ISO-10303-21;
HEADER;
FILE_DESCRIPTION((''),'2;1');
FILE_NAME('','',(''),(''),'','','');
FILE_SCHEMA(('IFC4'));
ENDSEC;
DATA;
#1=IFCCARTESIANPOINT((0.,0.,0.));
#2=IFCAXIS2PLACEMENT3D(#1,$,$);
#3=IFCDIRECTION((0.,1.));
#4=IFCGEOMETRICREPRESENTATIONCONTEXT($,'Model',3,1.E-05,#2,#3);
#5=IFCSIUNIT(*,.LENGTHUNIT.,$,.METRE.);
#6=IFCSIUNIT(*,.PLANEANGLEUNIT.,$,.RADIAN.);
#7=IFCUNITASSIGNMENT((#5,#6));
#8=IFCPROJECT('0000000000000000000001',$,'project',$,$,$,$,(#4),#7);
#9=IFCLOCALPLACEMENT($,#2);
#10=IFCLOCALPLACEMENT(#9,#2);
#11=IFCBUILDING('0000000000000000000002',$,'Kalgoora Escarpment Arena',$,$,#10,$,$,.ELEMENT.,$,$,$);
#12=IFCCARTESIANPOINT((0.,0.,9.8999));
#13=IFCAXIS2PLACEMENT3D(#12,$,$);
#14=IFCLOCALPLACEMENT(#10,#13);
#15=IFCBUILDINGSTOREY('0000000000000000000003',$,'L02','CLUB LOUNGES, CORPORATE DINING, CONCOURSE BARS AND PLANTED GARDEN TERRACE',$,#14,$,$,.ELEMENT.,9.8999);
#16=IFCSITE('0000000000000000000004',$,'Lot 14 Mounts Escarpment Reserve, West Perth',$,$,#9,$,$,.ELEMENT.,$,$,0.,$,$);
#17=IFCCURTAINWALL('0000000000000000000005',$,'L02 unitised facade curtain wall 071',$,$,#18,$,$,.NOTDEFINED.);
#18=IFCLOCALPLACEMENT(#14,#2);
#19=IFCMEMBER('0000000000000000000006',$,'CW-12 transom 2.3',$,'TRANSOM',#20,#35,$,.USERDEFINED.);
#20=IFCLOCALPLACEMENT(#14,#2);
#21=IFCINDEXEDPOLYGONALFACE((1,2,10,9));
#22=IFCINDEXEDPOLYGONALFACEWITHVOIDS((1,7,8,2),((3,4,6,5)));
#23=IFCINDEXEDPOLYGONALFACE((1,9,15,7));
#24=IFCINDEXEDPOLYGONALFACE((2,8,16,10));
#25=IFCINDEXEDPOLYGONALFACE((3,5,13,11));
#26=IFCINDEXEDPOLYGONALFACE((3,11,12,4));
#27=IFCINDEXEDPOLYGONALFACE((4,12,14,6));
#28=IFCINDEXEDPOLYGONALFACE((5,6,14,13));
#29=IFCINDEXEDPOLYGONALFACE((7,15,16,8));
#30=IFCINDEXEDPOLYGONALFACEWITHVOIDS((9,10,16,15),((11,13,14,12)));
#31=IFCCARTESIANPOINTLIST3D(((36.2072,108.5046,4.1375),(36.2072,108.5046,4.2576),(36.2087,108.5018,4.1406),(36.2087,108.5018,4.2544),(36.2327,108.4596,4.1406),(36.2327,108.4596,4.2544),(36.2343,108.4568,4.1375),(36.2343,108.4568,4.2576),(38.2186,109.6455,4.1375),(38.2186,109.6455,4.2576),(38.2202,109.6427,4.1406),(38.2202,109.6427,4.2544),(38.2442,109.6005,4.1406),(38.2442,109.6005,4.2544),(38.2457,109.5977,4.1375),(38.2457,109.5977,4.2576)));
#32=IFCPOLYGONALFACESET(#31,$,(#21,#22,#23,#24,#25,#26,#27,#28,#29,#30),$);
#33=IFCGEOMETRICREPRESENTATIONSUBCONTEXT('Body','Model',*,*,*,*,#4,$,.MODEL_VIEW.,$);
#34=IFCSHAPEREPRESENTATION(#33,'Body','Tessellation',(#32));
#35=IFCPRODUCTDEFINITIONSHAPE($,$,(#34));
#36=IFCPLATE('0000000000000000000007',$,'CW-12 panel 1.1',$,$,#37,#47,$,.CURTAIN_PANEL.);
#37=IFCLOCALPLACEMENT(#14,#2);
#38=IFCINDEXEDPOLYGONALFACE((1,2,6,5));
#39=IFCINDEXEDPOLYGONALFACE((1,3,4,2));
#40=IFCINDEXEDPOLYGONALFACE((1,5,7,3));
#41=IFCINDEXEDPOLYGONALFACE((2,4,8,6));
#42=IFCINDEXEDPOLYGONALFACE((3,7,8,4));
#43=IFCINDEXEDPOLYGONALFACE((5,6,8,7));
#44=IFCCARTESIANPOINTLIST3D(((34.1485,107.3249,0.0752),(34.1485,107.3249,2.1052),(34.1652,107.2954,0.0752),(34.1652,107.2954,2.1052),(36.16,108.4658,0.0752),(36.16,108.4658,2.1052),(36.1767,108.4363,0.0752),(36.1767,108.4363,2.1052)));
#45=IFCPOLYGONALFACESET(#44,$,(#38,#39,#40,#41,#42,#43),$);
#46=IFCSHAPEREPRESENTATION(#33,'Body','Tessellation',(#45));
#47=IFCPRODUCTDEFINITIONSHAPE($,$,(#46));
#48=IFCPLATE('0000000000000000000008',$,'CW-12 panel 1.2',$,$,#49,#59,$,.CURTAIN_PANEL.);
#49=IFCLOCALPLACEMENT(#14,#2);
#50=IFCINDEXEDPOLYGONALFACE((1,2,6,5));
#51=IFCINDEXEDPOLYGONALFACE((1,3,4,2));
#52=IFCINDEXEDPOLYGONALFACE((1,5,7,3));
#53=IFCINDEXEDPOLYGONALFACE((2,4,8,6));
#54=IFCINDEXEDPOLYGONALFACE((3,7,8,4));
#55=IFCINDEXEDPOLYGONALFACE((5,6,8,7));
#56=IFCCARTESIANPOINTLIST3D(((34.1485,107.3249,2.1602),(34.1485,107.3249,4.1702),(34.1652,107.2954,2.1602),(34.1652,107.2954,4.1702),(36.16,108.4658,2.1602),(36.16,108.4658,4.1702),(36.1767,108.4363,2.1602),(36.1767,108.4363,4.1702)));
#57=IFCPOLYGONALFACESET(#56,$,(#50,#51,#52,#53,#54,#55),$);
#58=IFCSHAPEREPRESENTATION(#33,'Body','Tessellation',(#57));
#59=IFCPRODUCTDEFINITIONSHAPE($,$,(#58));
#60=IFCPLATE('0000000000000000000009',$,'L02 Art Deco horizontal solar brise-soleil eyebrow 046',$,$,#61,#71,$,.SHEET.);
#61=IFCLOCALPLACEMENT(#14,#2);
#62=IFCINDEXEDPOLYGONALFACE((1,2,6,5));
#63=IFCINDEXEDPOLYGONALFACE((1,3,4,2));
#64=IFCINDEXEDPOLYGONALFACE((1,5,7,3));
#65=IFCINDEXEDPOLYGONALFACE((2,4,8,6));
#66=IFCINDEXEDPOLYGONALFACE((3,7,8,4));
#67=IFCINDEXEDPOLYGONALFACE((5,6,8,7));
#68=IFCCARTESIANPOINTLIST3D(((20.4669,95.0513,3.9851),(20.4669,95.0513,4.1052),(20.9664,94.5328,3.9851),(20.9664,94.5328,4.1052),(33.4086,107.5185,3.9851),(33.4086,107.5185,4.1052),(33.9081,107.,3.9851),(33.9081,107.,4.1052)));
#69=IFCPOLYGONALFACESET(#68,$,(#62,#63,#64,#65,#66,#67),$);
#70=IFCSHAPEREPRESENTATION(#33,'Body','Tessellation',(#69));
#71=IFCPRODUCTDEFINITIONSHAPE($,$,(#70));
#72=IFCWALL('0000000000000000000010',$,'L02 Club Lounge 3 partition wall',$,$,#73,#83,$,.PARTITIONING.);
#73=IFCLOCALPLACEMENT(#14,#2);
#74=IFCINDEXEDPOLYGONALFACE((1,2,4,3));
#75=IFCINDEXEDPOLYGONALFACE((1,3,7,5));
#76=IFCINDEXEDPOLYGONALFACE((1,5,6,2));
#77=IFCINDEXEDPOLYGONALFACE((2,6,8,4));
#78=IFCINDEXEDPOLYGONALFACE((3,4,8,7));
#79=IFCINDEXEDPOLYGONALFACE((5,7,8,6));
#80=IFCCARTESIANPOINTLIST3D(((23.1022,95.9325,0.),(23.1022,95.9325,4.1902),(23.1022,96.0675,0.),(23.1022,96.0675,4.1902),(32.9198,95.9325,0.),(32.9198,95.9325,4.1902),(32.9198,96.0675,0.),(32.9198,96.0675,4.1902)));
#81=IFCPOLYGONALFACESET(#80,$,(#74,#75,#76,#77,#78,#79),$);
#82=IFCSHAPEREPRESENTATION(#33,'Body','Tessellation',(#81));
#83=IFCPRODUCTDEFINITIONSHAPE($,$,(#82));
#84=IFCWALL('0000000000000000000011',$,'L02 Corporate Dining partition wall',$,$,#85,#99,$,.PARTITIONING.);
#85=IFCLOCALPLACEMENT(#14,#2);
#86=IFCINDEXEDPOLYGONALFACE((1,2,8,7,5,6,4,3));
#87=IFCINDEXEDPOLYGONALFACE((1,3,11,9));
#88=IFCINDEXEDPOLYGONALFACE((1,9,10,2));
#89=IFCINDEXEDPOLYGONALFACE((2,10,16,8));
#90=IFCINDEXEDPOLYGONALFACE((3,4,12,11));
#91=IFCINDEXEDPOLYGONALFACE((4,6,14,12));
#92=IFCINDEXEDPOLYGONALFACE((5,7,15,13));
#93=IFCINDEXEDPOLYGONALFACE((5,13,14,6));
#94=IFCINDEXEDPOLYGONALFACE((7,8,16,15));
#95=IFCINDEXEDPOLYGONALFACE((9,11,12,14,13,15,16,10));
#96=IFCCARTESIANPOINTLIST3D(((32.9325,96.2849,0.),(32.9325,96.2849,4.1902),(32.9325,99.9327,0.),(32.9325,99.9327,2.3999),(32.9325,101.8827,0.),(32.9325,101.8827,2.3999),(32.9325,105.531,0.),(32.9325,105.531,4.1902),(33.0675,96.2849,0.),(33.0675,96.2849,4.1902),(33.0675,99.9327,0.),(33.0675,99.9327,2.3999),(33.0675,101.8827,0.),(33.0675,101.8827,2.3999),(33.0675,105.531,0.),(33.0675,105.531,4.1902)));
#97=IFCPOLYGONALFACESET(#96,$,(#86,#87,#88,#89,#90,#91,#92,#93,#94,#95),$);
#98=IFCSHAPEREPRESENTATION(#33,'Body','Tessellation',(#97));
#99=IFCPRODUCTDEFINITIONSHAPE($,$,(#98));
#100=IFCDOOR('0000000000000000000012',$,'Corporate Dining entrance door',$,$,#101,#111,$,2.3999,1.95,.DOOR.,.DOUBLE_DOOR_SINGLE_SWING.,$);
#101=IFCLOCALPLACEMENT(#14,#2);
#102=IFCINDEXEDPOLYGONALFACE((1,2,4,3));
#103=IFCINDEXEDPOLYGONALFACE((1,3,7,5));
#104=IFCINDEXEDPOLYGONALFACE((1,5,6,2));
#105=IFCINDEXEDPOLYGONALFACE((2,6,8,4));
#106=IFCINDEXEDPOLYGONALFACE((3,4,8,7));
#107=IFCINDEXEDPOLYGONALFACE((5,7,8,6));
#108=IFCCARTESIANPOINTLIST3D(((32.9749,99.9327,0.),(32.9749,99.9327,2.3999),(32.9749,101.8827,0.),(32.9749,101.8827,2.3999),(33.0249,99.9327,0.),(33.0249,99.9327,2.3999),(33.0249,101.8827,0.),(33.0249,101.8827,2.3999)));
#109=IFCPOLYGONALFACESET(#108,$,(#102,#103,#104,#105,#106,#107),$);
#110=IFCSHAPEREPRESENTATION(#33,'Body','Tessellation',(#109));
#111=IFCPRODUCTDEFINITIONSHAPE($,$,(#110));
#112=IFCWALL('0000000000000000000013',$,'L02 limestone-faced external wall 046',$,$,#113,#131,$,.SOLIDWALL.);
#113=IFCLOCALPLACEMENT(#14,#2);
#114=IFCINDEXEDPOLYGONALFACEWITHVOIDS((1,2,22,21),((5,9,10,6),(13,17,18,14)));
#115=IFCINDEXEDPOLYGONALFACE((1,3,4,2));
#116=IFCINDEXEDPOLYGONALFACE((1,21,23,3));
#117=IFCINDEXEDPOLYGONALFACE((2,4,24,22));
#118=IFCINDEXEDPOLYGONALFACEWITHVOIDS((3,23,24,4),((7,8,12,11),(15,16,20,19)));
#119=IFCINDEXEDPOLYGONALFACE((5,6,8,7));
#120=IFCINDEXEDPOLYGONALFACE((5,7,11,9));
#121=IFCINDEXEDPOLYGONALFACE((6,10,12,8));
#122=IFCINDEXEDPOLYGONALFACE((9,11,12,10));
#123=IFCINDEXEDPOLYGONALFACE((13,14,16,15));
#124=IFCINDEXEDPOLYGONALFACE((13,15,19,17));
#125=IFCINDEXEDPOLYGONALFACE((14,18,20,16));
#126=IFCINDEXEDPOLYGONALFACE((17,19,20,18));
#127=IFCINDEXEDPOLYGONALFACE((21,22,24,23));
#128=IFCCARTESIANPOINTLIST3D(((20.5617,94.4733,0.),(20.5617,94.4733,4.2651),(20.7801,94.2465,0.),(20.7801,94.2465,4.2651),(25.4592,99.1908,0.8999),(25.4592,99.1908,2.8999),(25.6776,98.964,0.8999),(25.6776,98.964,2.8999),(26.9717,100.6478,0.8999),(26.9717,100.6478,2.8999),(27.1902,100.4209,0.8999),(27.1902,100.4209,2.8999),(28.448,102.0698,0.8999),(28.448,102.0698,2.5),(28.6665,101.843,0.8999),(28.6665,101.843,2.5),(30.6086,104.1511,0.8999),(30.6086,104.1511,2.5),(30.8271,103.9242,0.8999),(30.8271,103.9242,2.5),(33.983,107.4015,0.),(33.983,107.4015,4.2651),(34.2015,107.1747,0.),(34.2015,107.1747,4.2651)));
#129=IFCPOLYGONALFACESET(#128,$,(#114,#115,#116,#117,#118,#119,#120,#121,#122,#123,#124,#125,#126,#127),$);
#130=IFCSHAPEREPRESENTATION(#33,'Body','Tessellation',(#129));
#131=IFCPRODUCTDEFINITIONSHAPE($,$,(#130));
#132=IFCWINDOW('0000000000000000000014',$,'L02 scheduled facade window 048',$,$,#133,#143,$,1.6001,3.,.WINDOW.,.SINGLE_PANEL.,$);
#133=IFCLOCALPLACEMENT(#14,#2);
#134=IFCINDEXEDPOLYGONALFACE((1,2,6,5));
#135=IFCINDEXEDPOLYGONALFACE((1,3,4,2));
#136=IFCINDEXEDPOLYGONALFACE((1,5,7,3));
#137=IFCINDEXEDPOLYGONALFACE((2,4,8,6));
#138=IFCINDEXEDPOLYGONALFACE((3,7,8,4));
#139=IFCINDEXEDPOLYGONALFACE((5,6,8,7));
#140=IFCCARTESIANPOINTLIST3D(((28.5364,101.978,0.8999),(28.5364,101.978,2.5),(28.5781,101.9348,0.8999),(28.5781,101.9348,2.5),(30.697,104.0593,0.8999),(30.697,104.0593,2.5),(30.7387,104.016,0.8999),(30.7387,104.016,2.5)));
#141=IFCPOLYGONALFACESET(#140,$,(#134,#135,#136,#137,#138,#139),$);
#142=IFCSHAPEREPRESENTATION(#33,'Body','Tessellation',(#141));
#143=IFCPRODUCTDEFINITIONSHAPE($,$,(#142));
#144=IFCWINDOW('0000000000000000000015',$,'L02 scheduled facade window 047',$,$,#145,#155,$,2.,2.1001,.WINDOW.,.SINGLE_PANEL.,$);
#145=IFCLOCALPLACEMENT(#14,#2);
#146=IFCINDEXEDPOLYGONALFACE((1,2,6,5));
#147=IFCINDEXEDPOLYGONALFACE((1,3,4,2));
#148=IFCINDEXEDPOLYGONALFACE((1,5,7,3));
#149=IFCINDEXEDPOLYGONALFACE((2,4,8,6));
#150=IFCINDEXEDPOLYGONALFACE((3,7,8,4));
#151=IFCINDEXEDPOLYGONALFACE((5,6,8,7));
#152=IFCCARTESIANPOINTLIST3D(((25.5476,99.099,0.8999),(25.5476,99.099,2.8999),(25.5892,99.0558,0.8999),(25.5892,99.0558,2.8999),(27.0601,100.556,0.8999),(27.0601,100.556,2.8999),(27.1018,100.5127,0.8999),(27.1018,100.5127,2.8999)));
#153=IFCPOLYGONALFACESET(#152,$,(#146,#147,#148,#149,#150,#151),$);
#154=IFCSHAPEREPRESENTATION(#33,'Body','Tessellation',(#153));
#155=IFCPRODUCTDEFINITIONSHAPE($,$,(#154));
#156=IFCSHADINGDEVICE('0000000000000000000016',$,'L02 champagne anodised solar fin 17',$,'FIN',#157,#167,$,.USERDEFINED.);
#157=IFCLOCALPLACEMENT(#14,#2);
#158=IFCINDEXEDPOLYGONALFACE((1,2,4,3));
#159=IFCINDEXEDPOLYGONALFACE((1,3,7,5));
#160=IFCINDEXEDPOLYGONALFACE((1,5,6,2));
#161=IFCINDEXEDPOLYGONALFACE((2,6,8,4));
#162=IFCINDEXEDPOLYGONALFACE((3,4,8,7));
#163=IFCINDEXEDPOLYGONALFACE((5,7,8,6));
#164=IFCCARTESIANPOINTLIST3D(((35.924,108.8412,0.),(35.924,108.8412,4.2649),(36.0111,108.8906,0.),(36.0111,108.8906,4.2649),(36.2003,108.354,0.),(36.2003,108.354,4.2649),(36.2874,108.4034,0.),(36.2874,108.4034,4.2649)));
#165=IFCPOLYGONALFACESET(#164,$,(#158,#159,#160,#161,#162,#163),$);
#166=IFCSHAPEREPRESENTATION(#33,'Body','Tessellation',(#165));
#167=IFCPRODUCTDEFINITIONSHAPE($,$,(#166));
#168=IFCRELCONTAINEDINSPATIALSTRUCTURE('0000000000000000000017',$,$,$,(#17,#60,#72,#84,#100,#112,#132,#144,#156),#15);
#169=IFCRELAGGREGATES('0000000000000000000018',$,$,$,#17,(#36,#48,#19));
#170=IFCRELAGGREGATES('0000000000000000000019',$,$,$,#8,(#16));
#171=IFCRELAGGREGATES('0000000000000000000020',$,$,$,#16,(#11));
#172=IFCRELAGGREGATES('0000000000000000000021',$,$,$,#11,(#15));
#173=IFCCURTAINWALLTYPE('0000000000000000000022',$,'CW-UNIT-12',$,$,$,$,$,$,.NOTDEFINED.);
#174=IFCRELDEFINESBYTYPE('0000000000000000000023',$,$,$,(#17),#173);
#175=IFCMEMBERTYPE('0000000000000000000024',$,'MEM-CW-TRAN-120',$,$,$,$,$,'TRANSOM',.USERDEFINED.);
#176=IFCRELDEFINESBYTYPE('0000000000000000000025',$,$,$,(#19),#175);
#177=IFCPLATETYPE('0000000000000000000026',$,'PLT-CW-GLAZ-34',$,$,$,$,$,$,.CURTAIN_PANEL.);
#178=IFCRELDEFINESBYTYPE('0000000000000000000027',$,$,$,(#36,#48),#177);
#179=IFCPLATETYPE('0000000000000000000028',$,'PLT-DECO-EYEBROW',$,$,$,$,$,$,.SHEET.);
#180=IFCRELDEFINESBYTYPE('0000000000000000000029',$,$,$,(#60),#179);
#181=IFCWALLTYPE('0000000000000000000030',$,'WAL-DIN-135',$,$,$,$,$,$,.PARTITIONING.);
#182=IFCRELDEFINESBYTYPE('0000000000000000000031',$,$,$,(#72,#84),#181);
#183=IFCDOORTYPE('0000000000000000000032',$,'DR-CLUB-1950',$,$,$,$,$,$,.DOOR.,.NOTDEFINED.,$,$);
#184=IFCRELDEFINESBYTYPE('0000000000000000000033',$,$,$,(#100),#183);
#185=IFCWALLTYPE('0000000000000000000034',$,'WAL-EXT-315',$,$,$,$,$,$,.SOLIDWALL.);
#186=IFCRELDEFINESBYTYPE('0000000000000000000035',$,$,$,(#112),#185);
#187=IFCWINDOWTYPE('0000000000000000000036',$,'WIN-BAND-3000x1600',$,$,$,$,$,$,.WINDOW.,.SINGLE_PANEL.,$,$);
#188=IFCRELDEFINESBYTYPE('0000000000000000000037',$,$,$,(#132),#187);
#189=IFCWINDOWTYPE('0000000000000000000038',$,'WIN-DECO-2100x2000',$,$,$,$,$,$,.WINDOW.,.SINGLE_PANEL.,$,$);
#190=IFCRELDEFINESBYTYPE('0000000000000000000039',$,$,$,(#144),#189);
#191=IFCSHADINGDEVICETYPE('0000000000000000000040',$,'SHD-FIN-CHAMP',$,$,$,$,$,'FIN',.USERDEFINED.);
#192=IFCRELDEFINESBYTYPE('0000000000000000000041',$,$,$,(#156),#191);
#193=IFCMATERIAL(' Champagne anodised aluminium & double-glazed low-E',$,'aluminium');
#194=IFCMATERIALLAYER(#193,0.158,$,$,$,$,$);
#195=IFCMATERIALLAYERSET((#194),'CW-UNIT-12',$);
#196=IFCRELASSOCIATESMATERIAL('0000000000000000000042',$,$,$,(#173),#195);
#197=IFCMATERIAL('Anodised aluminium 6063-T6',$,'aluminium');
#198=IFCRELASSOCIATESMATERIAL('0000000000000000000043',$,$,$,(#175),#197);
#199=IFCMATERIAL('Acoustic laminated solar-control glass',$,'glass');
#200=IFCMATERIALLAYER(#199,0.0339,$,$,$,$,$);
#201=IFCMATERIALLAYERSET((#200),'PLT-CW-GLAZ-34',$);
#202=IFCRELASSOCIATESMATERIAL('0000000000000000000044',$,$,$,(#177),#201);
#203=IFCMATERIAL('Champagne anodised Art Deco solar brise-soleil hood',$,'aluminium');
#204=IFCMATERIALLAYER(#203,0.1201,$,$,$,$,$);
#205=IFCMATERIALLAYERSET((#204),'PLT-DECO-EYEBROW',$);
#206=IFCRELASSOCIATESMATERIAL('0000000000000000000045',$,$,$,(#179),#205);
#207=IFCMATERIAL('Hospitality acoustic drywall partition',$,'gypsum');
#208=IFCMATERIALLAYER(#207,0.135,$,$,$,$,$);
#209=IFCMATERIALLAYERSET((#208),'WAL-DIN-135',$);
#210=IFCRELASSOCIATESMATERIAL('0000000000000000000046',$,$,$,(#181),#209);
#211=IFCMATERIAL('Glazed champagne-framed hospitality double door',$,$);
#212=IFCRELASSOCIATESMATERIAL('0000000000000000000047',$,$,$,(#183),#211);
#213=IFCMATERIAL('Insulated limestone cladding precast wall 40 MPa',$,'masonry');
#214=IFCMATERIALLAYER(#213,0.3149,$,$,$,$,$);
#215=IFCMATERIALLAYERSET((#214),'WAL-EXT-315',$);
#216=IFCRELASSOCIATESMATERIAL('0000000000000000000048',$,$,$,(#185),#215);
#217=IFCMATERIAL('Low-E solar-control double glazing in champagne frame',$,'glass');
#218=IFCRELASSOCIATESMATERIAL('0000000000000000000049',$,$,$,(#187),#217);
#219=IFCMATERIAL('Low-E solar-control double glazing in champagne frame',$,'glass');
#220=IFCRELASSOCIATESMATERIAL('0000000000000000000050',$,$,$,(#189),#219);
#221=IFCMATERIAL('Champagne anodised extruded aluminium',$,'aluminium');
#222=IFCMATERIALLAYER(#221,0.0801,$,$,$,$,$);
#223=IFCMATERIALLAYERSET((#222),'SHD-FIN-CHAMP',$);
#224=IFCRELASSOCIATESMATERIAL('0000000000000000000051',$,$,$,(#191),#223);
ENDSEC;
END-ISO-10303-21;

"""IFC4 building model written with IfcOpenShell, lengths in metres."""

from ifc_helpers import new_model, si_unit, direction, frame, frame_2d, origin, origin_2d, place, context, subcontext, project, spatial, rectangle, hollow_rectangle, extrude, material, layer, layer_set, material_profile, profile_set, type_object, element, fill, aggregate, save


model = new_model("IFC4")

# Units and contexts
model_context = context("Model", 3, precision=1e-05, world=origin(), true_north=direction((0.0, 1.0)))
body_context = subcontext(model_context, "Body", "Model", "MODEL_VIEW")
ifc_project = project(units=[si_unit("LENGTHUNIT", "METRE"), si_unit("PLANEANGLEUNIT", "RADIAN")], contexts=[model_context])

# Site, building, storey
site_placement = place(None, origin())
site = spatial("IfcSite", under=ifc_project, at=site_placement, Name="Lot 14 Mounts Escarpment Reserve, West Perth", CompositionType="ELEMENT", RefElevation=0.0)
building_placement = place(site_placement, origin())
building = spatial("IfcBuilding", under=site, at=building_placement, Name="Kalgoora Escarpment Arena", CompositionType="ELEMENT")
storey_placement = place(building_placement, frame((0.0, 0.0, 9.8999)))
storey = spatial("IfcBuildingStorey", under=building, at=storey_placement, Name="L02", Description="CLUB LOUNGES, CORPORATE DINING, CONCOURSE BARS AND PLANTED GARDEN TERRACE", CompositionType="ELEMENT", Elevation=9.8999)

# Curtain wall, member, plates
ifc_material_1 = material(Name=" Champagne anodised aluminium & double-glazed low-E", Category="aluminium")
ifc_layer_1 = layer(ifc_material_1, 0.158)
ifc_layer_set_1 = layer_set([ifc_layer_1], Name="CW-UNIT-12")
curtain_wall_type_1 = type_object("IfcCurtainWallType", Name="CW-UNIT-12", PredefinedType="NOTDEFINED", material=ifc_layer_set_1)
curtain_wall_1_placement = place(storey_placement, origin())
curtain_wall_1 = element("IfcCurtainWall", 1, at=curtain_wall_1_placement, inside=storey, type_object=curtain_wall_type_1, Name="L02 unitised facade curtain wall 071", PredefinedType="NOTDEFINED")
ifc_material_2 = material(Name="Anodised aluminium 6063-T6", Category="aluminium")
ifc_material_profile_1 = material_profile(ifc_material_2, hollow_rectangle(XDim=0.0549, YDim=0.1201, WallThickness=0.0032, at=origin_2d()))
ifc_profile_set_1 = profile_set([ifc_material_profile_1], Name="Anodised aluminium 6063-T6")
member_type_1 = type_object("IfcMemberType", Name="MEM-CW-TRAN-120", ElementType="TRANSOM", PredefinedType="USERDEFINED", material=ifc_profile_set_1)
member_1_placement = place(storey_placement, frame((36.2207, 108.4807, 4.1975), z_axis=(0.86983, 0.493351, 0.0), x_axis=(-0.493351, 0.86983, 0.0)))
member_1 = element("IfcMember", 2, at=member_1_placement, type_object=member_type_1, Name="CW-12 transom 2.3", ObjectType="TRANSOM", PredefinedType="USERDEFINED", context=body_context, shape_type="SweptSolid", body=[
    extrude(hollow_rectangle(XDim=0.0549, YDim=0.1201, WallThickness=0.0032, at=origin_2d()), origin(), (0.0, 0.0, 1.0), 2.3125),
])
ifc_material_3 = material(Name="Acoustic laminated solar-control glass", Category="glass")
ifc_layer_2 = layer(ifc_material_3, 0.0339)
ifc_layer_set_2 = layer_set([ifc_layer_2], Name="PLT-CW-GLAZ-34")
plate_type_1 = type_object("IfcPlateType", Name="PLT-CW-GLAZ-34", PredefinedType="CURTAIN_PANEL", material=ifc_layer_set_2)
plate_1_placement = place(storey_placement, frame((35.1626, 107.8806, 0.0752), z_axis=(0.0, 0.0, 1.0), x_axis=(0.869834, 0.493344, 0.0)))
plate_1 = element("IfcPlate", 3, at=plate_1_placement, type_object=plate_type_1, Name="CW-12 panel 1.1", PredefinedType="CURTAIN_PANEL", context=body_context, shape_type="SweptSolid", body=[
    extrude(rectangle(XDim=2.3125, YDim=0.0339, at=origin_2d()), origin(), (0.0, 0.0, 1.0), 2.03),
])
plate_2_placement = place(storey_placement, frame((35.1626, 107.8806, 2.1602), z_axis=(0.0, 0.0, 1.0), x_axis=(0.869834, 0.493344, 0.0)))
plate_2 = element("IfcPlate", 4, at=plate_2_placement, type_object=plate_type_1, Name="CW-12 panel 1.2", PredefinedType="CURTAIN_PANEL", context=body_context, shape_type="SweptSolid", body=[
    extrude(rectangle(XDim=2.3125, YDim=0.0339, at=origin_2d()), origin(), (0.0, 0.0, 1.0), 2.01),
])
aggregate(curtain_wall_1, [plate_1, plate_2, member_1])

# Plate
ifc_material_4 = material(Name="Champagne anodised Art Deco solar brise-soleil hood", Category="aluminium")
ifc_layer_3 = layer(ifc_material_4, 0.1201)
ifc_layer_set_3 = layer_set([ifc_layer_3], Name="PLT-DECO-EYEBROW")
plate_type_2 = type_object("IfcPlateType", Name="PLT-DECO-EYEBROW", PredefinedType="SHEET", material=ifc_layer_set_3)
plate_3_placement = place(storey_placement, frame((27.1875, 101.0256, 3.9851), z_axis=(0.0, 0.0, 1.0), x_axis=(0.720188, 0.693779, 0.0)))
element("IfcPlate", 5, at=plate_3_placement, inside=storey, type_object=plate_type_2, Name="L02 Art Deco horizontal solar brise-soleil eyebrow 046", PredefinedType="SHEET", context=body_context, shape_type="SweptSolid", body=[
    extrude(rectangle(XDim=17.97, YDim=0.72, at=origin_2d()), origin(), (0.0, 0.0, 1.0), 0.1201),
])

# Wall
ifc_material_5 = material(Name="Hospitality acoustic drywall partition", Category="gypsum")
ifc_layer_4 = layer(ifc_material_5, 0.135)
ifc_layer_set_4 = layer_set([ifc_layer_4], Name="WAL-DIN-135")
wall_type_1 = type_object("IfcWallType", Name="WAL-DIN-135", PredefinedType="PARTITIONING", material=ifc_layer_set_4)
wall_1_placement = place(storey_placement, frame((23.1023, 96.0, 0.0), z_axis=(0.0, 0.0, 1.0), x_axis=(1.0, 0.0, 0.0)))
element("IfcWall", 6, at=wall_1_placement, inside=storey, type_object=wall_type_1, Name="L02 Club Lounge 3 partition wall", PredefinedType="PARTITIONING", context=body_context, shape_type="SweptSolid", body=[
    extrude(rectangle(XDim=9.8176, YDim=0.135, at=frame_2d((4.9087, 0.0))), origin(), (0.0, 0.0, 1.0), 4.1902),
])

# Wall, opening, door
wall_2_placement = place(storey_placement, frame((33.0, 105.531, 0.0), z_axis=(0.0, 0.0, 1.0), x_axis=(0.0, -1.0, 0.0)))
wall_2 = element("IfcWall", 7, at=wall_2_placement, inside=storey, type_object=wall_type_1, Name="L02 Corporate Dining partition wall", PredefinedType="PARTITIONING", context=body_context, shape_type="SweptSolid", body=[
    extrude(rectangle(XDim=9.2461, YDim=0.135, at=frame_2d((4.623, 0.0))), origin(), (0.0, 0.0, 1.0), 4.1902),
])
opening_1_placement = place(wall_2_placement, frame((3.6482, 0.0, 0.0)))
opening_1 = element("IfcOpeningElement", 8, at=opening_1_placement, cuts=wall_2, PredefinedType="OPENING", context=body_context, shape_type="SweptSolid", body=[
    extrude(rectangle(XDim=1.95, YDim=2.3999, at=frame_2d((0.9751, 1.2))), frame((0.0, 0.0774, 0.0), z_axis=(0.0, -1.0, 0.0), x_axis=(1.0, 0.0, 0.0)), (0.0, 0.0, 1.0), 0.155),
])
ifc_material_6 = material(Name="Glazed champagne-framed hospitality double door")
door_type_1 = type_object("IfcDoorType", Name="DR-CLUB-1950", OperationType="NOTDEFINED", PredefinedType="DOOR", material=ifc_material_6)
door_1_placement = place(opening_1_placement, origin())
door_1 = element("IfcDoor", 9, at=door_1_placement, inside=storey, type_object=door_type_1, Name="Corporate Dining entrance door", OperationType="DOUBLE_DOOR_SINGLE_SWING", OverallHeight=2.3999, OverallWidth=1.95, PredefinedType="DOOR", context=body_context, shape_type="SweptSolid", body=[
    extrude(rectangle(XDim=1.95, YDim=2.3999, at=frame_2d((0.9751, 1.2))), frame((0.0, 0.0249, 0.0), z_axis=(0.0, -1.0, 0.0), x_axis=(1.0, 0.0, 0.0)), (0.0, 0.0, 1.0), 0.05),
])
fill(opening_1, door_1)

# Wall, openings, windows
ifc_material_7 = material(Name="Insulated limestone cladding precast wall 40 MPa", Category="masonry")
ifc_layer_5 = layer(ifc_material_7, 0.3149)
ifc_layer_set_5 = layer_set([ifc_layer_5], Name="WAL-EXT-315")
wall_type_2 = type_object("IfcWallType", Name="WAL-EXT-315", PredefinedType="SOLIDWALL", material=ifc_layer_set_5)
wall_3_placement = place(storey_placement, frame((20.6709, 94.3599, 0.0), z_axis=(0.0, 0.0, 1.0), x_axis=(0.720215, 0.693751, 0.0)))
wall_3 = element("IfcWall", 10, at=wall_3_placement, inside=storey, type_object=wall_type_2, Name="L02 limestone-faced external wall 046", PredefinedType="SOLIDWALL", context=body_context, shape_type="SweptSolid", body=[
    extrude(rectangle(XDim=18.6353, YDim=0.3149, at=frame_2d((9.3176, 0.0))), origin(), (0.0, 0.0, 1.0), 4.2651),
])
opening_2_placement = place(wall_3_placement, frame((6.8, 0.0, 0.8999)))
opening_2 = element("IfcOpeningElement", 11, at=opening_2_placement, cuts=wall_3, PredefinedType="OPENING", context=body_context, shape_type="SweptSolid", body=[
    extrude(rectangle(XDim=2.1001, YDim=2.0, at=frame_2d((1.05, 1.0))), frame((0.0, 0.1675, 0.0), z_axis=(0.0, -1.0, 0.0), x_axis=(1.0, 0.0, 0.0)), (0.0, 0.0, 1.0), 0.335),
])
opening_3_placement = place(wall_3_placement, frame((10.95, 0.0, 0.8999)))
opening_3 = element("IfcOpeningElement", 12, at=opening_3_placement, cuts=wall_3, PredefinedType="OPENING", context=body_context, shape_type="SweptSolid", body=[
    extrude(rectangle(XDim=3.0, YDim=1.6001, at=frame_2d((1.5, 0.8))), frame((0.0, 0.1675, 0.0), z_axis=(0.0, -1.0, 0.0), x_axis=(1.0, 0.0, 0.0)), (0.0, 0.0, 1.0), 0.335),
])
ifc_material_8 = material(Name="Low-E solar-control double glazing in champagne frame", Category="glass")
window_type_1 = type_object("IfcWindowType", Name="WIN-BAND-3000x1600", PartitioningType="SINGLE_PANEL", PredefinedType="WINDOW", material=ifc_material_8)
window_1_placement = place(opening_3_placement, origin())
window_1 = element("IfcWindow", 13, at=window_1_placement, inside=storey, type_object=window_type_1, Name="L02 scheduled facade window 048", OverallHeight=1.6001, OverallWidth=3.0, PartitioningType="SINGLE_PANEL", PredefinedType="WINDOW", context=body_context, shape_type="SweptSolid", body=[
    extrude(rectangle(XDim=3.0, YDim=1.6001, at=frame_2d((1.5, 0.8))), frame((0.0, 0.03, 0.0), z_axis=(0.0, -1.0, 0.0), x_axis=(1.0, 0.0, 0.0)), (0.0, 0.0, 1.0), 0.0601),
])
fill(opening_3, window_1)
ifc_material_9 = material(Name="Low-E solar-control double glazing in champagne frame", Category="glass")
window_type_2 = type_object("IfcWindowType", Name="WIN-DECO-2100x2000", PartitioningType="SINGLE_PANEL", PredefinedType="WINDOW", material=ifc_material_9)
window_2_placement = place(opening_2_placement, origin())
window_2 = element("IfcWindow", 14, at=window_2_placement, inside=storey, type_object=window_type_2, Name="L02 scheduled facade window 047", OverallHeight=2.0, OverallWidth=2.1001, PartitioningType="SINGLE_PANEL", PredefinedType="WINDOW", context=body_context, shape_type="SweptSolid", body=[
    extrude(rectangle(XDim=2.1001, YDim=2.0, at=frame_2d((1.05, 1.0))), frame((0.0, 0.03, 0.0), z_axis=(0.0, -1.0, 0.0), x_axis=(1.0, 0.0, 0.0)), (0.0, 0.0, 1.0), 0.0601),
])
fill(opening_2, window_2)

# Shading device
ifc_material_10 = material(Name="Champagne anodised extruded aluminium", Category="aluminium")
ifc_layer_6 = layer(ifc_material_10, 0.0801)
ifc_layer_set_6 = layer_set([ifc_layer_6], Name="SHD-FIN-CHAMP")
shading_device_type = type_object("IfcShadingDeviceType", Name="SHD-FIN-CHAMP", ElementType="FIN", PredefinedType="USERDEFINED", material=ifc_layer_set_6)
shading_device_placement = place(storey_placement, frame((36.1057, 108.6223, 0.0), z_axis=(0.0, 0.0, 1.0), x_axis=(-0.493335, 0.86984, 0.0)))
element("IfcShadingDevice", 15, at=shading_device_placement, inside=storey, type_object=shading_device_type, Name="L02 champagne anodised solar fin 17", ObjectType="FIN", PredefinedType="USERDEFINED", context=body_context, shape_type="SweptSolid", body=[
    extrude(rectangle(XDim=0.5601, YDim=0.1001, at=origin_2d()), origin(), (0.0, 0.0, 1.0), 4.2649),
])

save(model, "model.ifc")
